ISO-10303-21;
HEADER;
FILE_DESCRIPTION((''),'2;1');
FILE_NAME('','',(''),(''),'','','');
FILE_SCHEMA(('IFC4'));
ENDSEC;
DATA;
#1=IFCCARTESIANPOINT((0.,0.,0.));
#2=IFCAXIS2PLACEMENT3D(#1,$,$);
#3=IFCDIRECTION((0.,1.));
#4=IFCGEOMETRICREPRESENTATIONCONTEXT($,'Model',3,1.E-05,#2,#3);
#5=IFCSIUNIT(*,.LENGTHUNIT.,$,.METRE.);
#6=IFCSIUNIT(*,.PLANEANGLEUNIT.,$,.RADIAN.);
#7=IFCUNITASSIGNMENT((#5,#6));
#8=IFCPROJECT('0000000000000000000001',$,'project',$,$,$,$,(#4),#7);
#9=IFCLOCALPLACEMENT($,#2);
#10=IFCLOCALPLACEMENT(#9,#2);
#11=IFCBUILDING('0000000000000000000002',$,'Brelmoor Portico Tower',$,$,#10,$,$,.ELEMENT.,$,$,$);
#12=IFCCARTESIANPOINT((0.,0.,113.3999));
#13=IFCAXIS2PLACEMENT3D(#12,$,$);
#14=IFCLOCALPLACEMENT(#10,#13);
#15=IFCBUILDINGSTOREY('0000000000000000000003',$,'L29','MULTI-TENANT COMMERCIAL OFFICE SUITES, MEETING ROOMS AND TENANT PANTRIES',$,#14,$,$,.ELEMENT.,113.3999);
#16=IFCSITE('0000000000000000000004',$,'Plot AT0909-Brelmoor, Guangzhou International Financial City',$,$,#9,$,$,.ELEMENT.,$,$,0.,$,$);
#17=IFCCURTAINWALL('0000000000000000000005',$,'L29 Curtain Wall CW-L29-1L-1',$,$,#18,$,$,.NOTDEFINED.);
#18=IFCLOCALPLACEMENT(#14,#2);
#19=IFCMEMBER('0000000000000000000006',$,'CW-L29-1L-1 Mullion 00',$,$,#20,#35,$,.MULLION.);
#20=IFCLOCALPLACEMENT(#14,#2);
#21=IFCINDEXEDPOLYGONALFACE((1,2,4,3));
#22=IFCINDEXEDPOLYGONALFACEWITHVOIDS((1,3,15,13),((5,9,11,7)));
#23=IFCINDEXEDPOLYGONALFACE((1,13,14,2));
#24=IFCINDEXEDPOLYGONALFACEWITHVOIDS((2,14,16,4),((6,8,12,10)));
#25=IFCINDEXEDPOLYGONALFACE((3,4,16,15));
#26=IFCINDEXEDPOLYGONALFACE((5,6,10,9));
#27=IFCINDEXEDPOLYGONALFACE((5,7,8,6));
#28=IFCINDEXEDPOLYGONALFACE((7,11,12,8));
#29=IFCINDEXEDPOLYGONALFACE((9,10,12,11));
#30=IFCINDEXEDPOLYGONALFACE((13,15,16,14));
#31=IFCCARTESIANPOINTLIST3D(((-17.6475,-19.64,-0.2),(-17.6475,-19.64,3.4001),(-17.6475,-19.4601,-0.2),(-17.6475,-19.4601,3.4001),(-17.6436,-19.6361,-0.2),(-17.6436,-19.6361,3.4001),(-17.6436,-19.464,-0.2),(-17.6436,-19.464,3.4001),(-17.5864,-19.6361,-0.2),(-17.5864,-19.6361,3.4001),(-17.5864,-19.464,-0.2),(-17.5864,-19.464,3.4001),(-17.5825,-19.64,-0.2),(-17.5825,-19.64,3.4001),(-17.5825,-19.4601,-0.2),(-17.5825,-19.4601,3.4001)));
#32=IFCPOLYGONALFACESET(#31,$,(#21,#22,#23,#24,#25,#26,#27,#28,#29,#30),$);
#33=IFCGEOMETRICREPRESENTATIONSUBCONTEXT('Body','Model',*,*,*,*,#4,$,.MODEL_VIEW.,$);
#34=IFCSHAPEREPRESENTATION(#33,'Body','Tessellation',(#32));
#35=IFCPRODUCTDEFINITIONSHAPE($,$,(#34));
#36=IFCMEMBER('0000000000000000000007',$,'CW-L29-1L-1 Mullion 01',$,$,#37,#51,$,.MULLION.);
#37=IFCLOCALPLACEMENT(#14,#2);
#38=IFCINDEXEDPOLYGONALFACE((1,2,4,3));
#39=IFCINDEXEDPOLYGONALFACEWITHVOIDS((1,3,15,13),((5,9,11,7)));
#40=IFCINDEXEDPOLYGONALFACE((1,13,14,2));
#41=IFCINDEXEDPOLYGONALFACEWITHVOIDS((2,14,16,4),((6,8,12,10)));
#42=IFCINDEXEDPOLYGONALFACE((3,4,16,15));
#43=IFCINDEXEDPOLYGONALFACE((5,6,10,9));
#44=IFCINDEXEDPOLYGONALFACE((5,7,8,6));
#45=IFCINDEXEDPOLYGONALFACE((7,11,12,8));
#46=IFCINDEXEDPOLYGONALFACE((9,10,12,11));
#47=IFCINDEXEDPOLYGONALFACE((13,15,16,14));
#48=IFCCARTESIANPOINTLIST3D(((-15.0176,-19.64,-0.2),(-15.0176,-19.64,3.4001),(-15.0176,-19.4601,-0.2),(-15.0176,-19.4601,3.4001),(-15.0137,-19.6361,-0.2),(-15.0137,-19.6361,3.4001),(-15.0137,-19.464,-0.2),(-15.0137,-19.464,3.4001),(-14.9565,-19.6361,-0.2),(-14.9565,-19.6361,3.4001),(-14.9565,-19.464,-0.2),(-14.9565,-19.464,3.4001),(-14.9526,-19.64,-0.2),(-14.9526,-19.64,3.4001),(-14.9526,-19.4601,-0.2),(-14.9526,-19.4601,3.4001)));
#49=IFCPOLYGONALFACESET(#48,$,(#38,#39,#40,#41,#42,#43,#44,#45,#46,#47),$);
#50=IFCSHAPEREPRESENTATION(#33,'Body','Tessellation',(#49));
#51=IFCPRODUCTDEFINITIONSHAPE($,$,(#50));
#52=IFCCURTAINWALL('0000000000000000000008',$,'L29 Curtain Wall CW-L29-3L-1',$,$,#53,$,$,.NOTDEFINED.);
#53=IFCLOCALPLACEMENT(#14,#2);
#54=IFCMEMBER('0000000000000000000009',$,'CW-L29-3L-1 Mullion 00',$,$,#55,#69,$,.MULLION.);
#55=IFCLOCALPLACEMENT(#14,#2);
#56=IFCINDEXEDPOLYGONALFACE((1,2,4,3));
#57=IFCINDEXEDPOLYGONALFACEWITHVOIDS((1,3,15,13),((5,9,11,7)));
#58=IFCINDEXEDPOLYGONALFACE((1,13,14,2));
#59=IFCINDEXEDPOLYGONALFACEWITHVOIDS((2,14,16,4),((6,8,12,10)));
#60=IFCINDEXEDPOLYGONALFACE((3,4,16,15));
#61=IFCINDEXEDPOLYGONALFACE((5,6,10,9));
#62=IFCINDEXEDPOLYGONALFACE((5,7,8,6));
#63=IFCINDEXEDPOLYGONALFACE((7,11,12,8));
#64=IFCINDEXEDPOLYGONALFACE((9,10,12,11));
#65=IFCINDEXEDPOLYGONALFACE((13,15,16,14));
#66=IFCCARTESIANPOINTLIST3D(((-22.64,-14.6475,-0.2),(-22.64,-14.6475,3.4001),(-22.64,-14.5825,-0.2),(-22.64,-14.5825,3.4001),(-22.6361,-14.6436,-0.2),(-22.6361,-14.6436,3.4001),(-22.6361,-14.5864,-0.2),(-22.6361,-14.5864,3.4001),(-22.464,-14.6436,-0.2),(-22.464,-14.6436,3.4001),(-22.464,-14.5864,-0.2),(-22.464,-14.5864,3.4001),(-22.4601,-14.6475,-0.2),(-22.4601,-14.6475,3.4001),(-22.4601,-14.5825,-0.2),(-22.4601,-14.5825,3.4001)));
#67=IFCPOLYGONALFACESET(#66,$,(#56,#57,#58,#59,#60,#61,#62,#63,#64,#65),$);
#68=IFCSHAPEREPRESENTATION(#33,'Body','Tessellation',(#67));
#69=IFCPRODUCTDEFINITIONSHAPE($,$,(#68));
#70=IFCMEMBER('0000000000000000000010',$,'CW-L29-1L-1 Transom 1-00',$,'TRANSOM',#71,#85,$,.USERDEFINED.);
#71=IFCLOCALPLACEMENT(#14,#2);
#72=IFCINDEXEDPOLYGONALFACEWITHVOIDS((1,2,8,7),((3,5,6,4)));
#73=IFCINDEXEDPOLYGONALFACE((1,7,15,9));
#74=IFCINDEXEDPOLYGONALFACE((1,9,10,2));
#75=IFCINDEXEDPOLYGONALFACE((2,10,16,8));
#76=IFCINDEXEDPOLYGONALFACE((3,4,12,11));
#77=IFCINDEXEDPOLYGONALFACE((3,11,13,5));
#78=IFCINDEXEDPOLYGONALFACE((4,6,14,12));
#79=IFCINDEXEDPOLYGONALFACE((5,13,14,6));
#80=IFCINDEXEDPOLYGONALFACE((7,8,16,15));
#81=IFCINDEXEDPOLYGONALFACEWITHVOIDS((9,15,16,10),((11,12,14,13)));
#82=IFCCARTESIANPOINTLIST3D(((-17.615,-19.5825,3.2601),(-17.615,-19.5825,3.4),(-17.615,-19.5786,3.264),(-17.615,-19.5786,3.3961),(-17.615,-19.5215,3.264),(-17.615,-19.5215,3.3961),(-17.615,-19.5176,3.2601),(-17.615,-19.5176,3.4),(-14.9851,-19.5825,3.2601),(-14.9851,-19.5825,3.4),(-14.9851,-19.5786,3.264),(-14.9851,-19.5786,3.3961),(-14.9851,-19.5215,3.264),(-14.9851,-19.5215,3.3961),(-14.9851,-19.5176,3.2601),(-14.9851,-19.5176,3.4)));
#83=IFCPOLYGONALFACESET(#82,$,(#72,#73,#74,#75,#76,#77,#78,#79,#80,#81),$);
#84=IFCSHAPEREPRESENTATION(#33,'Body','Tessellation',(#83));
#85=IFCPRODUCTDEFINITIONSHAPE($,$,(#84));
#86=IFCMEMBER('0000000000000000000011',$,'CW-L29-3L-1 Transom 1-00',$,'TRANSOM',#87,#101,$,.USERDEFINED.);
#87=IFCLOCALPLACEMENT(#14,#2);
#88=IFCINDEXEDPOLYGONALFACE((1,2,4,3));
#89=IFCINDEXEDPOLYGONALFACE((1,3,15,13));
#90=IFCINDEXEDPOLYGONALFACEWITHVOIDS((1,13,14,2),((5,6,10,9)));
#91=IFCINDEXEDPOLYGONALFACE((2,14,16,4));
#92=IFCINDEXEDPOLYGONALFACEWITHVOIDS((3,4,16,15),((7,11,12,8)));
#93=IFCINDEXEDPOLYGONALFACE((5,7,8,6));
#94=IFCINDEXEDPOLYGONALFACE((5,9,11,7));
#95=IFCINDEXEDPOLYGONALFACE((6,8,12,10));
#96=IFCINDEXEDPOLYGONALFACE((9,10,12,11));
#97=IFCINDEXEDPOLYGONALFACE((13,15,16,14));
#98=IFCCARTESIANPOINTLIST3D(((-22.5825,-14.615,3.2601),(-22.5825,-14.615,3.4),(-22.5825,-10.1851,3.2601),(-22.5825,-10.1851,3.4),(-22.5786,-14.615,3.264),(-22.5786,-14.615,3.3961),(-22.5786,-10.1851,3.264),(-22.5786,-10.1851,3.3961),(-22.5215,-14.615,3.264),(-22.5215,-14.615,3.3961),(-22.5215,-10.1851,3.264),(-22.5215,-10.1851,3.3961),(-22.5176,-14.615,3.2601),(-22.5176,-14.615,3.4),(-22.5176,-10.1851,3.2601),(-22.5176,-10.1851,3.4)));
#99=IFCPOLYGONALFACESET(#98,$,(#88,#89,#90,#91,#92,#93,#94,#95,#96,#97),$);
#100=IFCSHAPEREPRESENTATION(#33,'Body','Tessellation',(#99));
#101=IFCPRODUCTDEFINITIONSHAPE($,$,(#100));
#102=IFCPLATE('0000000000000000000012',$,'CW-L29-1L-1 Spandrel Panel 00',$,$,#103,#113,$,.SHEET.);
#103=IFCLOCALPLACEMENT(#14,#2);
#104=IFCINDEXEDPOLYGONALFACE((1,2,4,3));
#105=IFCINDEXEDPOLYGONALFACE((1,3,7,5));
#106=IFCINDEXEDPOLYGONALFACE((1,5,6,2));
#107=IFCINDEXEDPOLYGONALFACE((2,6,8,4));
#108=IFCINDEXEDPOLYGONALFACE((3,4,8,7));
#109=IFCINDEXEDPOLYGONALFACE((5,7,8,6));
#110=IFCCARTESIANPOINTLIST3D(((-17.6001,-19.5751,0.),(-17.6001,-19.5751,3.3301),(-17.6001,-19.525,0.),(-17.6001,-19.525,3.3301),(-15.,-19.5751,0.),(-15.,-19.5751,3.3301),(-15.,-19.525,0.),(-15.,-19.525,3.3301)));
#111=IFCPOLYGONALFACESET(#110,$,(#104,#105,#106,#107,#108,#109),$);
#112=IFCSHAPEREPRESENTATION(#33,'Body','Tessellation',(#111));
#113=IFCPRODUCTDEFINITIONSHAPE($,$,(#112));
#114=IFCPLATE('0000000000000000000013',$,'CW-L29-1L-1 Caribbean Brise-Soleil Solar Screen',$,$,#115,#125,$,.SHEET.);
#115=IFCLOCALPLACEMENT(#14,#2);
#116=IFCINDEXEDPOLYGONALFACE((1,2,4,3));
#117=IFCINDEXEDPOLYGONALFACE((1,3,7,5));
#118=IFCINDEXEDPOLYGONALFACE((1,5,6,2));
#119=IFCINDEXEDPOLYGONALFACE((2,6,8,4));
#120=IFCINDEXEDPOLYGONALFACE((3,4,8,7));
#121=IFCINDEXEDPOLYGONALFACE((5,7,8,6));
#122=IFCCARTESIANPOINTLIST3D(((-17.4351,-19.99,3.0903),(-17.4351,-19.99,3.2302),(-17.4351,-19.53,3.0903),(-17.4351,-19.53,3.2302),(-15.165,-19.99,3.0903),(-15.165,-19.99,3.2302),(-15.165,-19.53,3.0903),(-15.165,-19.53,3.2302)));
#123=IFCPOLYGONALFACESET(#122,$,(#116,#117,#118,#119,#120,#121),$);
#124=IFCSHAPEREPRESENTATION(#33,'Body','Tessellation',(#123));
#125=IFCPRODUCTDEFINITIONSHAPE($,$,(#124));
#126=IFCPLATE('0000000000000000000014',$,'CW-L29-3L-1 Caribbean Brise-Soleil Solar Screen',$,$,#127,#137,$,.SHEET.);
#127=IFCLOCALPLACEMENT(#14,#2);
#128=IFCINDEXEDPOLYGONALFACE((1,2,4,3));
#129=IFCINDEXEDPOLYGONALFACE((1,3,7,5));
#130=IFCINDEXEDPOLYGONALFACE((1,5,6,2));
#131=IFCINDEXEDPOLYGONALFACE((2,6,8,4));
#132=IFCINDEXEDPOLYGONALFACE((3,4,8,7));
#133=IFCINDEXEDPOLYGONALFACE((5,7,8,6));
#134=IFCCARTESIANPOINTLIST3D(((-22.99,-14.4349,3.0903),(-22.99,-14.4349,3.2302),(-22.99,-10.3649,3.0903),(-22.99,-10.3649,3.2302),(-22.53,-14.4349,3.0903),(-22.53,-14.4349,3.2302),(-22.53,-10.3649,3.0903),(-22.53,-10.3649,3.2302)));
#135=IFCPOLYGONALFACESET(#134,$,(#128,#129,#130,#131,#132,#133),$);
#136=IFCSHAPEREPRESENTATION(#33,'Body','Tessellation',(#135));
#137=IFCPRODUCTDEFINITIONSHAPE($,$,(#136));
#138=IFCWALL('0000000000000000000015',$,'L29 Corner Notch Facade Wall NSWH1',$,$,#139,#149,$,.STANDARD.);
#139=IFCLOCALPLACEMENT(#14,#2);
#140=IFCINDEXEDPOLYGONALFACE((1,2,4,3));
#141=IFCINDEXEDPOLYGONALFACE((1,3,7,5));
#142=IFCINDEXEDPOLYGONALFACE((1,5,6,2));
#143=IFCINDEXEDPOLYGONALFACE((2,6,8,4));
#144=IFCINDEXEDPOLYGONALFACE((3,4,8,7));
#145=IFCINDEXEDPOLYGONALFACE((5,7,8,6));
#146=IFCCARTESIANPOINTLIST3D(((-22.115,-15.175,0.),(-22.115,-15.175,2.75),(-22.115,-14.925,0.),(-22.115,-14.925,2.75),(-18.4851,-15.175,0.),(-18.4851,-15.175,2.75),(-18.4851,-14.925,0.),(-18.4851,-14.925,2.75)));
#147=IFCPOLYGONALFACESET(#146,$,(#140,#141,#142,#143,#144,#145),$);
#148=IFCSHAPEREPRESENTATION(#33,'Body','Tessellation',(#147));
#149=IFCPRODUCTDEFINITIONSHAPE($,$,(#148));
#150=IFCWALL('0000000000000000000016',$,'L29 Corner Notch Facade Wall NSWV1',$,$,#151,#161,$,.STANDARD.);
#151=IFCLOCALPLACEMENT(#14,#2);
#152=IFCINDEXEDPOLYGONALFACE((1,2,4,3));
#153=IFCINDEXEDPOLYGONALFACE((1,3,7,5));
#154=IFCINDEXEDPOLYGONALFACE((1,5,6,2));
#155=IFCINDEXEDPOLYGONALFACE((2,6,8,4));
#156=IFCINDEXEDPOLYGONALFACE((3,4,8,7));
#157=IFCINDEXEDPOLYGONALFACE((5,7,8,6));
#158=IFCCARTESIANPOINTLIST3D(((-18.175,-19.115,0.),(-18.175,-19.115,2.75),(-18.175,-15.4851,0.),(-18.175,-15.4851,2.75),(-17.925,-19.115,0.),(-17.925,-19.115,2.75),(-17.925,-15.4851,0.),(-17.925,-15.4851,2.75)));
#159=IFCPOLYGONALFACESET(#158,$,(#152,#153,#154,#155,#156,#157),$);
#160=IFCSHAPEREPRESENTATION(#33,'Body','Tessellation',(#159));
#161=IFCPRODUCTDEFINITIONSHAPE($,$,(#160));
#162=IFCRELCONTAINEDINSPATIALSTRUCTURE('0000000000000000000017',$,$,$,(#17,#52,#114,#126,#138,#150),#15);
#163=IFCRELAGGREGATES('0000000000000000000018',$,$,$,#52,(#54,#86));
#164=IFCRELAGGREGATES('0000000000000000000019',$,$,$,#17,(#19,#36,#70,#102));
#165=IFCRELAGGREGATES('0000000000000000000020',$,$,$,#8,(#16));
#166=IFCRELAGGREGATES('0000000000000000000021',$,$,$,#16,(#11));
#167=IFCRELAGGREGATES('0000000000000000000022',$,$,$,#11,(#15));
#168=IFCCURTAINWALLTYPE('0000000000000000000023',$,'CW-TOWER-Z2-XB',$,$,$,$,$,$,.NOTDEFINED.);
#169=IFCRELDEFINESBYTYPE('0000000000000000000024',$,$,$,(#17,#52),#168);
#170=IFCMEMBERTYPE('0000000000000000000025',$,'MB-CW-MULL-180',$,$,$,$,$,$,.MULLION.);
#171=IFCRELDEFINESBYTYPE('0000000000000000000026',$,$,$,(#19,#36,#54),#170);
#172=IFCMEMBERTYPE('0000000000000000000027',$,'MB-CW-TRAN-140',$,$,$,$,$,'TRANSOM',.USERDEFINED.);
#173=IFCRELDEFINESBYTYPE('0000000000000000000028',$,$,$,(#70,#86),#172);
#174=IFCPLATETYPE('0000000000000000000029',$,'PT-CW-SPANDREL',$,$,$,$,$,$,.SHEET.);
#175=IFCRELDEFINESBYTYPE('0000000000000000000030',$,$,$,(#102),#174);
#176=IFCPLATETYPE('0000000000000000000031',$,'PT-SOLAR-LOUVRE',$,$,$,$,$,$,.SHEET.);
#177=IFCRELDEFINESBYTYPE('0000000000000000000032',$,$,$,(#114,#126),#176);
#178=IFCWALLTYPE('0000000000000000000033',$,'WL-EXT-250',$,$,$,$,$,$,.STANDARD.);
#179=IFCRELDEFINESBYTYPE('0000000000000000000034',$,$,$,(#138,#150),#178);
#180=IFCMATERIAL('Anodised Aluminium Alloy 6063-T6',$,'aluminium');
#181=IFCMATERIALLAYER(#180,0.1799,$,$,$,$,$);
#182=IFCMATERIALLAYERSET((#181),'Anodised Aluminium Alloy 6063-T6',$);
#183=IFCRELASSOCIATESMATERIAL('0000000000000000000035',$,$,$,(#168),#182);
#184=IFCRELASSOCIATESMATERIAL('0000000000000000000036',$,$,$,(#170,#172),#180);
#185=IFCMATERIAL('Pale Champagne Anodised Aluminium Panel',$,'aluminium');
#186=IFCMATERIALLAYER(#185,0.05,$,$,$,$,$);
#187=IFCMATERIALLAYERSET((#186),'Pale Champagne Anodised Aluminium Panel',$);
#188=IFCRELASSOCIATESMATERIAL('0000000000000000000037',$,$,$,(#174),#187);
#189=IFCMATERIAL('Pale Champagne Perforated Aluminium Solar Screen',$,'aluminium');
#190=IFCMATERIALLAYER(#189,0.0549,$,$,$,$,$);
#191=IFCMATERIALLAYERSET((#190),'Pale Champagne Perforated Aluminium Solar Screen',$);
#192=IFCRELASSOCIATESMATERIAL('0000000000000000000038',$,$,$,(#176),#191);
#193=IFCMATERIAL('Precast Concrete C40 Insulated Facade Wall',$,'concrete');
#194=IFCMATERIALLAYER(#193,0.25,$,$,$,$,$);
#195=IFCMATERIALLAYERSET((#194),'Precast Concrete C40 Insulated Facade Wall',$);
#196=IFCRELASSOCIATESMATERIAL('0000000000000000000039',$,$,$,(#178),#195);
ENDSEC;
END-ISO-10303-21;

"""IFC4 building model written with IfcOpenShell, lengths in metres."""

from ifc_helpers import new_model, si_unit, direction, frame, frame_2d, origin, origin_2d, place, context, subcontext, project, spatial, rectangle, hollow_rectangle, extrude, material, layer, layer_set, material_profile, profile_set, type_object, element, aggregate, save


model = new_model("IFC4")

# Units and contexts
model_context = context("Model", 3, precision=1e-05, world=origin(), true_north=direction((0.0, 1.0)))
body_context = subcontext(model_context, "Body", "Model", "MODEL_VIEW")
ifc_project = project(units=[si_unit("LENGTHUNIT", "METRE"), si_unit("PLANEANGLEUNIT", "RADIAN")], contexts=[model_context])

# Site, building, storey
site_placement = place(None, origin())
site = spatial("IfcSite", under=ifc_project, at=site_placement, Name="Plot AT0909-Brelmoor, Guangzhou International Financial City", CompositionType="ELEMENT", RefElevation=0.0)
building_placement = place(site_placement, origin())
building = spatial("IfcBuilding", under=site, at=building_placement, Name="Brelmoor Portico Tower", CompositionType="ELEMENT")
storey_placement = place(building_placement, frame((0.0, 0.0, 113.3999)))
storey = spatial("IfcBuildingStorey", under=building, at=storey_placement, Name="L29", Description="MULTI-TENANT COMMERCIAL OFFICE SUITES, MEETING ROOMS AND TENANT PANTRIES", CompositionType="ELEMENT", Elevation=113.3999)

# Curtain wall, members
ifc_material_1 = material(Name="Anodised Aluminium Alloy 6063-T6", Category="aluminium")
ifc_layer_1 = layer(ifc_material_1, 0.1799)
ifc_layer_set_1 = layer_set([ifc_layer_1], Name="Anodised Aluminium Alloy 6063-T6")
curtain_wall_type = type_object("IfcCurtainWallType", Name="CW-TOWER-Z2-XB", PredefinedType="NOTDEFINED", material=ifc_layer_set_1)
curtain_wall_1_placement = place(storey_placement, origin())
curtain_wall_1 = element("IfcCurtainWall", 1, at=curtain_wall_1_placement, inside=storey, type_object=curtain_wall_type, Name="L29 Curtain Wall CW-L29-1L-1", PredefinedType="NOTDEFINED")
ifc_material_profile_1 = material_profile(ifc_material_1, hollow_rectangle(XDim=0.0649, YDim=0.1799, WallThickness=0.0039, at=origin_2d()), Name="ALU MULLION 65x180")
ifc_profile_set_1 = profile_set([ifc_material_profile_1], Name="Anodised Aluminium Alloy 6063-T6")
member_type_1 = type_object("IfcMemberType", Name="MB-CW-MULL-180", PredefinedType="MULLION", material=ifc_profile_set_1)
member_1_placement = place(storey_placement, frame((-17.615, -19.55, -0.2), z_axis=(0.0, 0.0, 1.0), x_axis=(1.0, 0.0, 0.0)))
member_1 = element("IfcMember", 2, at=member_1_placement, type_object=member_type_1, Name="CW-L29-1L-1 Mullion 00", PredefinedType="MULLION", context=body_context, shape_type="SweptSolid", body=[
    extrude(hollow_rectangle(XDim=0.0649, YDim=0.1799, WallThickness=0.0039, at=origin_2d()), origin(), (0.0, 0.0, 1.0), 3.6001),
])
member_2_placement = place(storey_placement, frame((-14.9851, -19.55, -0.2), z_axis=(0.0, 0.0, 1.0), x_axis=(1.0, 0.0, 0.0)))
member_2 = element("IfcMember", 3, at=member_2_placement, type_object=member_type_1, Name="CW-L29-1L-1 Mullion 01", PredefinedType="MULLION", context=body_context, shape_type="SweptSolid", body=[
    extrude(hollow_rectangle(XDim=0.0649, YDim=0.1799, WallThickness=0.0039, at=origin_2d()), origin(), (0.0, 0.0, 1.0), 3.6001),
])

# Curtain wall, member
curtain_wall_2_placement = place(storey_placement, origin())
curtain_wall_2 = element("IfcCurtainWall", 4, at=curtain_wall_2_placement, inside=storey, type_object=curtain_wall_type, Name="L29 Curtain Wall CW-L29-3L-1", PredefinedType="NOTDEFINED")
member_3_placement = place(storey_placement, frame((-22.55, -14.615, -0.2), z_axis=(0.0, 0.0, 1.0), x_axis=(0.0, 1.0, 0.0)))
member_3 = element("IfcMember", 5, at=member_3_placement, type_object=member_type_1, Name="CW-L29-3L-1 Mullion 00", PredefinedType="MULLION", context=body_context, shape_type="SweptSolid", body=[
    extrude(hollow_rectangle(XDim=0.0649, YDim=0.1799, WallThickness=0.0039, at=origin_2d()), origin(), (0.0, 0.0, 1.0), 3.6001),
])

# Members
ifc_material_profile_2 = material_profile(ifc_material_1, hollow_rectangle(XDim=0.0649, YDim=0.1399, WallThickness=0.0039, at=origin_2d()), Name="ALU TRANSOM 65x140")
ifc_profile_set_2 = profile_set([ifc_material_profile_2], Name="Anodised Aluminium Alloy 6063-T6")
member_type_2 = type_object("IfcMemberType", Name="MB-CW-TRAN-140", ElementType="TRANSOM", PredefinedType="USERDEFINED", material=ifc_profile_set_2)
member_4_placement = place(storey_placement, frame((-17.615, -19.55, 3.3301), z_axis=(1.0, 0.0, 0.0), x_axis=(0.0, 1.0, 0.0)))
member_4 = element("IfcMember", 6, at=member_4_placement, type_object=member_type_2, Name="CW-L29-1L-1 Transom 1-00", ObjectType="TRANSOM", PredefinedType="USERDEFINED", context=body_context, shape_type="SweptSolid", body=[
    extrude(hollow_rectangle(XDim=0.0649, YDim=0.1399, WallThickness=0.0039, at=origin_2d()), origin(), (0.0, 0.0, 1.0), 2.6299),
])
member_5_placement = place(storey_placement, frame((-22.55, -14.615, 3.3301), z_axis=(0.0, 1.0, 0.0), x_axis=(-1.0, 0.0, 0.0)))
member_5 = element("IfcMember", 7, at=member_5_placement, type_object=member_type_2, Name="CW-L29-3L-1 Transom 1-00", ObjectType="TRANSOM", PredefinedType="USERDEFINED", context=body_context, shape_type="SweptSolid", body=[
    extrude(hollow_rectangle(XDim=0.0649, YDim=0.1399, WallThickness=0.0039, at=origin_2d()), origin(), (0.0, 0.0, 1.0), 4.4299),
])
aggregate(curtain_wall_2, [member_3, member_5])

# Plate
ifc_material_2 = material(Name="Pale Champagne Anodised Aluminium Panel", Category="aluminium")
ifc_layer_2 = layer(ifc_material_2, 0.05)
ifc_layer_set_2 = layer_set([ifc_layer_2], Name="Pale Champagne Anodised Aluminium Panel")
plate_type_1 = type_object("IfcPlateType", Name="PT-CW-SPANDREL", PredefinedType="SHEET", material=ifc_layer_set_2)
plate_1_placement = place(storey_placement, frame((-16.3, -19.55, 0.0), z_axis=(0.0, 0.0, 1.0), x_axis=(1.0, 0.0, 0.0)))
plate_1 = element("IfcPlate", 8, at=plate_1_placement, type_object=plate_type_1, Name="CW-L29-1L-1 Spandrel Panel 00", PredefinedType="SHEET", context=body_context, shape_type="SweptSolid", body=[
    extrude(rectangle(XDim=2.6001, YDim=0.05, at=origin_2d()), origin(), (0.0, 0.0, 1.0), 3.3301),
])
aggregate(curtain_wall_1, [member_1, member_2, member_4, plate_1])

# Plates
ifc_material_3 = material(Name="Pale Champagne Perforated Aluminium Solar Screen", Category="aluminium")
ifc_layer_3 = layer(ifc_material_3, 0.0549)
ifc_layer_set_3 = layer_set([ifc_layer_3], Name="Pale Champagne Perforated Aluminium Solar Screen")
plate_type_2 = type_object("IfcPlateType", Name="PT-SOLAR-LOUVRE", PredefinedType="SHEET", material=ifc_layer_set_3)
plate_2_placement = place(storey_placement, frame((-16.3, -19.76, 3.0903), z_axis=(0.0, 0.0, 1.0), x_axis=(1.0, 0.0, 0.0)))
element("IfcPlate", 9, at=plate_2_placement, inside=storey, type_object=plate_type_2, Name="CW-L29-1L-1 Caribbean Brise-Soleil Solar Screen", PredefinedType="SHEET", context=body_context, shape_type="SweptSolid", body=[
    extrude(rectangle(XDim=2.27, YDim=0.46, at=origin_2d()), origin(), (0.0, 0.0, 1.0), 0.1399),
])
plate_3_placement = place(storey_placement, frame((-22.76, -12.3999, 3.0903), z_axis=(0.0, 0.0, 1.0), x_axis=(0.0, 1.0, 0.0)))
element("IfcPlate", 10, at=plate_3_placement, inside=storey, type_object=plate_type_2, Name="CW-L29-3L-1 Caribbean Brise-Soleil Solar Screen", PredefinedType="SHEET", context=body_context, shape_type="SweptSolid", body=[
    extrude(rectangle(XDim=4.0701, YDim=0.46, at=origin_2d()), origin(), (0.0, 0.0, 1.0), 0.1399),
])

# Walls
ifc_material_4 = material(Name="Precast Concrete C40 Insulated Facade Wall", Category="concrete")
ifc_layer_4 = layer(ifc_material_4, 0.25)
ifc_layer_set_4 = layer_set([ifc_layer_4], Name="Precast Concrete C40 Insulated Facade Wall")
wall_type_1 = type_object("IfcWallType", Name="WL-EXT-250", PredefinedType="STANDARD", material=ifc_layer_set_4)
for number, where, z_axis, x_axis, name in (
    (11, (-22.115, -15.05, 0.0), (0.0, 0.0, 1.0), (1.0, 0.0, 0.0), "L29 Corner Notch Facade Wall NSWH1"),
    (12, (-18.05, -19.115, 0.0), (0.0, 0.0, 1.0), (0.0, 1.0, 0.0), "L29 Corner Notch Facade Wall NSWV1"),
):
    element("IfcWall", number, at=place(storey_placement, frame(where, z_axis=z_axis, x_axis=x_axis)), inside=storey, type_object=wall_type_1, Name=name, PredefinedType="STANDARD", context=body_context, shape_type="SweptSolid", body=[
        extrude(rectangle(XDim=3.6299, YDim=0.25, at=frame_2d((1.8149, 0.0))), origin(), (0.0, 0.0, 1.0), 2.75),
    ])

save(model, "model.ifc")
